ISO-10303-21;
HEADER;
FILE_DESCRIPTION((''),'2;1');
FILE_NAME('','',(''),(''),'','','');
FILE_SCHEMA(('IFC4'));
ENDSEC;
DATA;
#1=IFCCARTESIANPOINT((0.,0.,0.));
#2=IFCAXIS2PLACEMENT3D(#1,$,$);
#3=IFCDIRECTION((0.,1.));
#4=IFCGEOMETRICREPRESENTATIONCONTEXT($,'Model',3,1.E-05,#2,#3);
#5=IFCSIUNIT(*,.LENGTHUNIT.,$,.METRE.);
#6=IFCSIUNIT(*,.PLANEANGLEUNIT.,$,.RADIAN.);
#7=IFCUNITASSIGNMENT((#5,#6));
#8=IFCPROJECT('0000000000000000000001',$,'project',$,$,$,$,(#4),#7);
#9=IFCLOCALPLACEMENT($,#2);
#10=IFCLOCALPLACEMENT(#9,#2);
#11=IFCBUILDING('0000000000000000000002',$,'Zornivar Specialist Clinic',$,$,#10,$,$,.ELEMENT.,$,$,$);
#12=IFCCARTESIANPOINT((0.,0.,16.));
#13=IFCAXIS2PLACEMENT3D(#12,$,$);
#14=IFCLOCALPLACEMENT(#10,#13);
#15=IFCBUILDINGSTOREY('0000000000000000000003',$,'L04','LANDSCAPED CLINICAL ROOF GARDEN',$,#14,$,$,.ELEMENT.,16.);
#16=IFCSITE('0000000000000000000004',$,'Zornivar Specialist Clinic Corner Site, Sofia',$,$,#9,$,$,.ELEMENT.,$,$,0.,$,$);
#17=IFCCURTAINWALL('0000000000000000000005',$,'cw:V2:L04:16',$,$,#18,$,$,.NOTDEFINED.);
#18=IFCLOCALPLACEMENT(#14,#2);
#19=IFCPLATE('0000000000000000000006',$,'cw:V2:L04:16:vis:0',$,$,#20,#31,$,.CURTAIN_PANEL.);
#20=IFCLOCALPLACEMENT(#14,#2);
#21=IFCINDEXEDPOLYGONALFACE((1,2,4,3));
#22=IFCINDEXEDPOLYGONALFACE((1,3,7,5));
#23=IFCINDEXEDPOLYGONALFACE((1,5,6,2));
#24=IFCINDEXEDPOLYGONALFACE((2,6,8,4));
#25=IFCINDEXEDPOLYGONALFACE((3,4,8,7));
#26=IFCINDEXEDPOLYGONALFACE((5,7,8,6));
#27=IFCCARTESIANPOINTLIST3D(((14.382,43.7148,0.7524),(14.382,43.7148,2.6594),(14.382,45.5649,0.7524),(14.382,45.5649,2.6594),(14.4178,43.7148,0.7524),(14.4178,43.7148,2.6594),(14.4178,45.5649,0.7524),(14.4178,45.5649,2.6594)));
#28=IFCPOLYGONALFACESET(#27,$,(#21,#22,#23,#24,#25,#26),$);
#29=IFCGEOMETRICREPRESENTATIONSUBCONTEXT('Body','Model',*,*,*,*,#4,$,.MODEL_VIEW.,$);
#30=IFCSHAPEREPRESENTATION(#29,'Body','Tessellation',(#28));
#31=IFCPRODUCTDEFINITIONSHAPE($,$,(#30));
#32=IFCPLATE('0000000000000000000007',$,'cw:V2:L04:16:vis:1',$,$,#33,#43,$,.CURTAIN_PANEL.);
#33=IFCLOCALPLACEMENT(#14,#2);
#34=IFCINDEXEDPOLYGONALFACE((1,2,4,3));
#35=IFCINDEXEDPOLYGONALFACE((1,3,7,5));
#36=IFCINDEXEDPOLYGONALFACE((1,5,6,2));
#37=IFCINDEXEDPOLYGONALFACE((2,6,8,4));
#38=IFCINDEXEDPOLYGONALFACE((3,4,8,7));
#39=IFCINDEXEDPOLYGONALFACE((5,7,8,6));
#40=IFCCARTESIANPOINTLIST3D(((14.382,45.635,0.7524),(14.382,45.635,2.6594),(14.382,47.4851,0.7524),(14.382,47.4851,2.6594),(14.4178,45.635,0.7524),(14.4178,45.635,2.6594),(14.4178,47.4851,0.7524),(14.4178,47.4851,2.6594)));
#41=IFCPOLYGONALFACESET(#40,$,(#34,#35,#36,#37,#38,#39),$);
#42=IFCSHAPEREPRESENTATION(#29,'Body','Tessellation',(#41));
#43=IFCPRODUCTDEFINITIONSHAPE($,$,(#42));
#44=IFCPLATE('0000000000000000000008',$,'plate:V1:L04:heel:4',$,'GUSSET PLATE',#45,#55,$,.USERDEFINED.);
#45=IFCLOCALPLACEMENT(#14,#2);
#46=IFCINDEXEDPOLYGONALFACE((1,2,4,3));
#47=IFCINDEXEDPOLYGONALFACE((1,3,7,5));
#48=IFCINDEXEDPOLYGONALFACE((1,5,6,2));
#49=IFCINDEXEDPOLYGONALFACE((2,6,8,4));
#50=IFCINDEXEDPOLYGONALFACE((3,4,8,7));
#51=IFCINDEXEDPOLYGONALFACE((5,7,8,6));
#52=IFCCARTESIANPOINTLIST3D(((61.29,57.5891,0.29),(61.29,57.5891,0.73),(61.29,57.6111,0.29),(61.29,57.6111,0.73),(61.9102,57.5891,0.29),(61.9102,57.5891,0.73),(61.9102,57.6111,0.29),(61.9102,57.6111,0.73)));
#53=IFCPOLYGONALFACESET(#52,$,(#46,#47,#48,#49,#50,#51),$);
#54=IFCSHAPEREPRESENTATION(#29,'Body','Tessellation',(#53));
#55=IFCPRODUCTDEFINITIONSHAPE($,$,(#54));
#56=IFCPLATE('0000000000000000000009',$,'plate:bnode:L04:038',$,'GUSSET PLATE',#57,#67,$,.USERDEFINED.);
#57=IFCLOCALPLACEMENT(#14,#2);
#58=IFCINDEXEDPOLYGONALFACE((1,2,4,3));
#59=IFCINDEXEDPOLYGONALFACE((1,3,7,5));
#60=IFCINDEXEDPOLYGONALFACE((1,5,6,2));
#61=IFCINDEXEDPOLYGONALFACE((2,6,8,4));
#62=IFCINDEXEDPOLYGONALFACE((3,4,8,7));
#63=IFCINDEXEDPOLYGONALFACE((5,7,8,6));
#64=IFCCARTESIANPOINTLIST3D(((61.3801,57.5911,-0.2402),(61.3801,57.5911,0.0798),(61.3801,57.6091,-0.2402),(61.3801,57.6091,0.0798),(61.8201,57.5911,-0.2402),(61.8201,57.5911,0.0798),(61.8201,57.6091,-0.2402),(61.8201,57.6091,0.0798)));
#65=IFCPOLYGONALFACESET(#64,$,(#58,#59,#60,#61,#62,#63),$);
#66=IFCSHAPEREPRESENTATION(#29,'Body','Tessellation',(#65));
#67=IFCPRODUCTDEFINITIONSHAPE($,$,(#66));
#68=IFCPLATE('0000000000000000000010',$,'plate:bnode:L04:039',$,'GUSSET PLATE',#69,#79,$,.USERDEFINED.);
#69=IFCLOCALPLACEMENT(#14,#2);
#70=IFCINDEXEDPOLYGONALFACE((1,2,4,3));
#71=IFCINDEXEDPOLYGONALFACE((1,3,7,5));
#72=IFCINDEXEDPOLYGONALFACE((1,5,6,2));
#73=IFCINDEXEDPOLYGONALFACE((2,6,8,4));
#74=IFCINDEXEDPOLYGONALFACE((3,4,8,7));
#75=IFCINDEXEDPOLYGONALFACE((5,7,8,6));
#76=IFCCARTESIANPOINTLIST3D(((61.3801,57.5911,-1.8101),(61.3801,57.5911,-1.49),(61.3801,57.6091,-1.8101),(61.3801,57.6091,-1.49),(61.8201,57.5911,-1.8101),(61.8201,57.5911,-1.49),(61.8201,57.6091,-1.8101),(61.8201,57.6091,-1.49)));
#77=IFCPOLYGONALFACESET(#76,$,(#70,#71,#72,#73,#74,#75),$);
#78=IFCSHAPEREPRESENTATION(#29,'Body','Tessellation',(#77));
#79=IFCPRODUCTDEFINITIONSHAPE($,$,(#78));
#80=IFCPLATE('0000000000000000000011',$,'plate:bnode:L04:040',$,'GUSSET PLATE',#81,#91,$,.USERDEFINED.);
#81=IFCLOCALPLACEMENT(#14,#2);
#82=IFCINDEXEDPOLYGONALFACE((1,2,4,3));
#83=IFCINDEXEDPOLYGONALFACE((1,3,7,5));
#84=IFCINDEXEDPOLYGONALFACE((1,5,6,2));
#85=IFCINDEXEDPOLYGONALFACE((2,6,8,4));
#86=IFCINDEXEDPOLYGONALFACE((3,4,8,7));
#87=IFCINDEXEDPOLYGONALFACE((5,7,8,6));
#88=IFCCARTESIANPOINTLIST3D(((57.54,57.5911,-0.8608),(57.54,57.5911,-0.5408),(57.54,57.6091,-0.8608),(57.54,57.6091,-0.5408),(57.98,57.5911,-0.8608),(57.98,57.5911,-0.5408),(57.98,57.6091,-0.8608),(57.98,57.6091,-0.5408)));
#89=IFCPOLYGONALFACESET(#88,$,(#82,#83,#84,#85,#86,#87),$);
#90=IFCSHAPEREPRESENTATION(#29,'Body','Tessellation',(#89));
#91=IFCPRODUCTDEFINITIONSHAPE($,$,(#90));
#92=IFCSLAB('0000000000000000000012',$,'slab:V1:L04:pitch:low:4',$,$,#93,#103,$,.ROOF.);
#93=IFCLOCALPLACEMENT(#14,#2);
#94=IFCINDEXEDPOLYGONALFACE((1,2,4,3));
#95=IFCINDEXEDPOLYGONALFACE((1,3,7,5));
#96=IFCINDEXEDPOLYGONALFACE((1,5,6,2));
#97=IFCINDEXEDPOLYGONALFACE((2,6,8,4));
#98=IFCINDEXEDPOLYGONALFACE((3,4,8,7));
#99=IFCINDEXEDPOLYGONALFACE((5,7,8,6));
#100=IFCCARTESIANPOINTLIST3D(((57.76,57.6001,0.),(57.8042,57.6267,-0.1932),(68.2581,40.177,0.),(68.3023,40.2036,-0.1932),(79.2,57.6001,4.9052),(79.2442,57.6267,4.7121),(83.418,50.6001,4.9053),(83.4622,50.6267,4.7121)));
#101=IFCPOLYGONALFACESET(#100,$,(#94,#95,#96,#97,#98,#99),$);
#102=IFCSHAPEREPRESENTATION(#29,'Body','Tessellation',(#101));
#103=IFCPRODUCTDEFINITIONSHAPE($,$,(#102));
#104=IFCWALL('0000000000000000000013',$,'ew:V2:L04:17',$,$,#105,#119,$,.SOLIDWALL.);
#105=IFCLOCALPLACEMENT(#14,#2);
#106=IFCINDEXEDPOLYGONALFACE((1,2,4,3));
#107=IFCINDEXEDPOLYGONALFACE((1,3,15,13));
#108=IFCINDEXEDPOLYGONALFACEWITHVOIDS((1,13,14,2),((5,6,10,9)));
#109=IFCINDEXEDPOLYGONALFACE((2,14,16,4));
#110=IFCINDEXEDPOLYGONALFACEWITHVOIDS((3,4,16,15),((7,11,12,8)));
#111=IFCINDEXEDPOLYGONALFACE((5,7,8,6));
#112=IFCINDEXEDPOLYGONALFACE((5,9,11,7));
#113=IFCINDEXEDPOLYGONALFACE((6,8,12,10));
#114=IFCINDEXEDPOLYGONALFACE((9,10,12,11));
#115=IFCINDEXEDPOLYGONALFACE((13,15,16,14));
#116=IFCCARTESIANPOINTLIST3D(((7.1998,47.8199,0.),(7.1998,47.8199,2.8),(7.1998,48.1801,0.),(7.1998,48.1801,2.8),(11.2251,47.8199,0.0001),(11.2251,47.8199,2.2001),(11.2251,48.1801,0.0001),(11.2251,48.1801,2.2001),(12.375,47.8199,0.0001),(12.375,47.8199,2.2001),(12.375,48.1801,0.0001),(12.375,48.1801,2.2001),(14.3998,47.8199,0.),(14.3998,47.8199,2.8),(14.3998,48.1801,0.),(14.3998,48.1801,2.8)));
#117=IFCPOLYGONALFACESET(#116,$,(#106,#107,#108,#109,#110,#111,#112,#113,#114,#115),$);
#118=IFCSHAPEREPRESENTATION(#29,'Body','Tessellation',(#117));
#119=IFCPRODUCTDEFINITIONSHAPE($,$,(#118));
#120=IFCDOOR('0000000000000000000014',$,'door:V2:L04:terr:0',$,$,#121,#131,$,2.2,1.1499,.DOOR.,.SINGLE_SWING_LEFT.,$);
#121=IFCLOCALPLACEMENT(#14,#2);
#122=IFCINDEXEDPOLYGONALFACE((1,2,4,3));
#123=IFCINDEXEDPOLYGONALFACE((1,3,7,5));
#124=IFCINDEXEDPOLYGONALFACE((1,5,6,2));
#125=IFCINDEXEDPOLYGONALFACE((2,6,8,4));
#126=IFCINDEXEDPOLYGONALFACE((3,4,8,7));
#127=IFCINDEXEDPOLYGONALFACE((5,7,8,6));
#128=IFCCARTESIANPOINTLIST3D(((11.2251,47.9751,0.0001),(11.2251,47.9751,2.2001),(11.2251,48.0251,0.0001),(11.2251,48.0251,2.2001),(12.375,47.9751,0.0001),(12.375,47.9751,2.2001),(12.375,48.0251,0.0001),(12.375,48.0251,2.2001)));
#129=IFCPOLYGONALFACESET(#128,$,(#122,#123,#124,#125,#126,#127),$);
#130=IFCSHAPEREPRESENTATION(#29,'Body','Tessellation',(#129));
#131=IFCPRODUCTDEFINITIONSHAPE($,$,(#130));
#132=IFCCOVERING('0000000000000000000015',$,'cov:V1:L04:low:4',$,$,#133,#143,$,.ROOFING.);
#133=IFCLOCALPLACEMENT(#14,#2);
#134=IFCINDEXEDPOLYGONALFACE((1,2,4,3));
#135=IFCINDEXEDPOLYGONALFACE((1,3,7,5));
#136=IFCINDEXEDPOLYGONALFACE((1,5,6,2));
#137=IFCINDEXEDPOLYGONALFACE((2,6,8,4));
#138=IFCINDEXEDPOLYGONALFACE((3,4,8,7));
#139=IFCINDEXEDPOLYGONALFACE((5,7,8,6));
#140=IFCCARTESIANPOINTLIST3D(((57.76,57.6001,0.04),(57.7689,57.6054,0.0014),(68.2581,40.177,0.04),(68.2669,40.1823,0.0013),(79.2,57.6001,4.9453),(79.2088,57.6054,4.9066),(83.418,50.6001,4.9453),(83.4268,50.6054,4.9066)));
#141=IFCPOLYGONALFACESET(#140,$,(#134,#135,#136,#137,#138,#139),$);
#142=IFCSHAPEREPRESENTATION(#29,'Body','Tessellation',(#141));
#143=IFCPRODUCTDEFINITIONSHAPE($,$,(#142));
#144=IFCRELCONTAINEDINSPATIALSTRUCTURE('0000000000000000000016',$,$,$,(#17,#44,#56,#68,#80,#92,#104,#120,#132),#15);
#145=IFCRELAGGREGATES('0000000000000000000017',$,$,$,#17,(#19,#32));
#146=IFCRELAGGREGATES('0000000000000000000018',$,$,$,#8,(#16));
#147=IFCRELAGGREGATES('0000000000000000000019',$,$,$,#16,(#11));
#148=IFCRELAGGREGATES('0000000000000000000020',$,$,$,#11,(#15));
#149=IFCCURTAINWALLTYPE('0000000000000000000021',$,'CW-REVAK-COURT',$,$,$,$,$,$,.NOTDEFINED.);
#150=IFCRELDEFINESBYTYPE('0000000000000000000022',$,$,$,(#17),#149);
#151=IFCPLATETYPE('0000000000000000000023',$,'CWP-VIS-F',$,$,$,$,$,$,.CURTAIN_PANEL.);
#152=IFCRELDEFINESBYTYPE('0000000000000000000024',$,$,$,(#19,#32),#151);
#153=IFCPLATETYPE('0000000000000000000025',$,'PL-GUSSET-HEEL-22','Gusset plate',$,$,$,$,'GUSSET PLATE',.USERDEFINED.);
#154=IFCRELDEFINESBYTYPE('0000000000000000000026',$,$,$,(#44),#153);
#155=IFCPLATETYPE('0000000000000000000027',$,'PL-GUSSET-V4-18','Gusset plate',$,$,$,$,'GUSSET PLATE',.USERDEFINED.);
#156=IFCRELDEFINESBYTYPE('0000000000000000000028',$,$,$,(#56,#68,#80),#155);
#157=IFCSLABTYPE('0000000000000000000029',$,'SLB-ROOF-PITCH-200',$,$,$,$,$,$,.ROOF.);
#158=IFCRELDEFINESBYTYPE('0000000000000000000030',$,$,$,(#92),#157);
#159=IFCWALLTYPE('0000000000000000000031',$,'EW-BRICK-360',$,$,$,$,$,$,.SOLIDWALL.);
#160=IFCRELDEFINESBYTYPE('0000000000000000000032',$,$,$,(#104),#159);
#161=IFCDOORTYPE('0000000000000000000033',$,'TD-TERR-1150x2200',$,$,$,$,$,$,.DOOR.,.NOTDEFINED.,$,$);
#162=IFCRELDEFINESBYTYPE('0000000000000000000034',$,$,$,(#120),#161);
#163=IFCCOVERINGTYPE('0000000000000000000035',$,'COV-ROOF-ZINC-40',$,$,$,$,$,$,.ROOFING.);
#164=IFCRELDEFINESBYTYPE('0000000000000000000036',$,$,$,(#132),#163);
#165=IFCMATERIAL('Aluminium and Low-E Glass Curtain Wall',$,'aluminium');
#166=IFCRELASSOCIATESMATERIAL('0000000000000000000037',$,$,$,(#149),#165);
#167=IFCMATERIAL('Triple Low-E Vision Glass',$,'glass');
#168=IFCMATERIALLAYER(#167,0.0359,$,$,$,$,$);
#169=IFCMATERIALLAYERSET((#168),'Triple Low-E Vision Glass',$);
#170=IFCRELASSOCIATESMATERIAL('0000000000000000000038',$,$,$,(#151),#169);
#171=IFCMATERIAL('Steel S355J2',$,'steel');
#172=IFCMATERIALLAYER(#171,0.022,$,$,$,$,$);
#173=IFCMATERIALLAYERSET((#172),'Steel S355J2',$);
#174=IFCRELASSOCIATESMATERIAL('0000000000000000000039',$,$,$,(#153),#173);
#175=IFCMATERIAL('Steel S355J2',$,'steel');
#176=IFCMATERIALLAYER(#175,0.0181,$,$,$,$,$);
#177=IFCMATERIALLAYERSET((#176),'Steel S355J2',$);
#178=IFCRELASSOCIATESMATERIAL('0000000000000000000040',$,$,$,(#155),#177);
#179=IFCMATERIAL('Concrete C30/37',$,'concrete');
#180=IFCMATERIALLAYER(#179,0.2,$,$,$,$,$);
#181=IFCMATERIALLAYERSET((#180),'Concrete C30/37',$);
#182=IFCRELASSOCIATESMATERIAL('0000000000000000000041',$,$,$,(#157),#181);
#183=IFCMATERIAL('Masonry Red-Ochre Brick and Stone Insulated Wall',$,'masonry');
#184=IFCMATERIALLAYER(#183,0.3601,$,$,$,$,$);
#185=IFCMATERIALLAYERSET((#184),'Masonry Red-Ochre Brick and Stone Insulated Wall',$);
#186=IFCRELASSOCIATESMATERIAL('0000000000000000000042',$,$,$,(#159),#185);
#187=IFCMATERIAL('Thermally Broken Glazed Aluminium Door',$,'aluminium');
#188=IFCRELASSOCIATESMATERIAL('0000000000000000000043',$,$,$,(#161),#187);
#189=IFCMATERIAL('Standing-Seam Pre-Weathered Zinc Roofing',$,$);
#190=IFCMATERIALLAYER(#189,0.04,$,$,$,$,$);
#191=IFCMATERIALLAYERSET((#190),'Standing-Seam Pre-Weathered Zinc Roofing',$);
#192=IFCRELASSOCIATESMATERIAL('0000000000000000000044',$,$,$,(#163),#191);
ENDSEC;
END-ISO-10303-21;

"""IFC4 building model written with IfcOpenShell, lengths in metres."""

from ifc_helpers import new_model, si_unit, direction, frame, frame_2d, origin, origin_2d, place, context, subcontext, project, spatial, polyline, rectangle, outline, extrude, material, layer, layer_set, type_object, element, fill, aggregate, save


model = new_model("IFC4")

# Units and contexts
model_context = context("Model", 3, precision=1e-05, world=origin(), true_north=direction((0.0, 1.0)))
body_context = subcontext(model_context, "Body", "Model", "MODEL_VIEW")
ifc_project = project(units=[si_unit("LENGTHUNIT", "METRE"), si_unit("PLANEANGLEUNIT", "RADIAN")], contexts=[model_context])

# Site, building, storey
site_placement = place(None, origin())
site = spatial("IfcSite", under=ifc_project, at=site_placement, Name="Zornivar Specialist Clinic Corner Site, Sofia", CompositionType="ELEMENT", RefElevation=0.0)
building_placement = place(site_placement, origin())
building = spatial("IfcBuilding", under=site, at=building_placement, Name="Zornivar Specialist Clinic", CompositionType="ELEMENT")
storey_placement = place(building_placement, frame((0.0, 0.0, 16.0)))
storey = spatial("IfcBuildingStorey", under=building, at=storey_placement, Name="L04", Description="LANDSCAPED CLINICAL ROOF GARDEN", CompositionType="ELEMENT", Elevation=16.0)

# Curtain wall
ifc_material_1 = material(Name="Aluminium and Low-E Glass Curtain Wall", Category="aluminium")
curtain_wall_type = type_object("IfcCurtainWallType", Name="CW-REVAK-COURT", PredefinedType="NOTDEFINED", material=ifc_material_1)
curtain_wall_placement = place(storey_placement, origin())
curtain_wall = element("IfcCurtainWall", 1, at=curtain_wall_placement, inside=storey, type_object=curtain_wall_type, Name="cw:V2:L04:16", PredefinedType="NOTDEFINED")

# Plates
ifc_material_2 = material(Name="Triple Low-E Vision Glass", Category="glass")
ifc_layer_1 = layer(ifc_material_2, 0.0359)
ifc_layer_set_1 = layer_set([ifc_layer_1], Name="Triple Low-E Vision Glass")
plate_type_1 = type_object("IfcPlateType", Name="CWP-VIS-F", PredefinedType="CURTAIN_PANEL", material=ifc_layer_set_1)
plate_1_placement = place(storey_placement, frame((14.3999, 44.6399, 0.7524), z_axis=(0.0, 0.0, 1.0), x_axis=(0.0, 1.0, 0.0)))
plate_1 = element("IfcPlate", 2, at=plate_1_placement, type_object=plate_type_1, Name="cw:V2:L04:16:vis:0", PredefinedType="CURTAIN_PANEL", context=body_context, shape_type="SweptSolid", body=[
    extrude(rectangle(XDim=1.8501, YDim=0.0359, at=origin_2d()), origin(), (0.0, 0.0, 1.0), 1.907),
])
plate_2_placement = place(storey_placement, frame((14.3999, 46.5601, 0.7524), z_axis=(0.0, 0.0, 1.0), x_axis=(0.0, 1.0, 0.0)))
plate_2 = element("IfcPlate", 3, at=plate_2_placement, type_object=plate_type_1, Name="cw:V2:L04:16:vis:1", PredefinedType="CURTAIN_PANEL", context=body_context, shape_type="SweptSolid", body=[
    extrude(rectangle(XDim=1.8501, YDim=0.0359, at=origin_2d()), origin(), (0.0, 0.0, 1.0), 1.907),
])
aggregate(curtain_wall, [plate_1, plate_2])

# Plates
ifc_material_3 = material(Name="Steel S355J2", Category="steel")
ifc_layer_2 = layer(ifc_material_3, 0.022)
ifc_layer_set_2 = layer_set([ifc_layer_2], Name="Steel S355J2")
plate_type_2 = type_object("IfcPlateType", Name="PL-GUSSET-HEEL-22", Description="Gusset plate", ElementType="GUSSET PLATE", PredefinedType="USERDEFINED", material=ifc_layer_set_2)
plate_3_placement = place(storey_placement, frame((61.6001, 57.6001, 0.29), z_axis=(0.0, 0.0, 1.0), x_axis=(-1.0, 0.0, 0.0)))
element("IfcPlate", 4, at=plate_3_placement, inside=storey, type_object=plate_type_2, Name="plate:V1:L04:heel:4", ObjectType="GUSSET PLATE", PredefinedType="USERDEFINED", context=body_context, shape_type="SweptSolid", body=[
    extrude(rectangle(XDim=0.6201, YDim=0.022, at=origin_2d()), origin(), (0.0, 0.0, 1.0), 0.4399),
])
ifc_material_4 = material(Name="Steel S355J2", Category="steel")
ifc_layer_3 = layer(ifc_material_4, 0.0181)
ifc_layer_set_3 = layer_set([ifc_layer_3], Name="Steel S355J2")
plate_type_3 = type_object("IfcPlateType", Name="PL-GUSSET-V4-18", Description="Gusset plate", ElementType="GUSSET PLATE", PredefinedType="USERDEFINED", material=ifc_layer_set_3)
for number, where, z_axis, x_axis, name in (
    (5, (61.6001, 57.6001, -0.2402), (0.0, 0.0, 1.0), (1.0, 0.0, 0.0), "plate:bnode:L04:038"),
    (6, (61.6001, 57.6001, -1.8101), (0.0, 0.0, 1.0), (1.0, 0.0, 0.0), "plate:bnode:L04:039"),
    (7, (57.76, 57.6001, -0.8608), (0.0, 0.0, 1.0), (1.0, 0.0, 0.0), "plate:bnode:L04:040"),
):
    element("IfcPlate", number, at=place(storey_placement, frame(where, z_axis=z_axis, x_axis=x_axis)), inside=storey, type_object=plate_type_3, Name=name, ObjectType="GUSSET PLATE", PredefinedType="USERDEFINED", context=body_context, shape_type="SweptSolid", body=[
        extrude(rectangle(XDim=0.4399, YDim=0.0181, at=origin_2d()), origin(), (0.0, 0.0, 1.0), 0.3201),
    ])

# Slab
ifc_material_5 = material(Name="Concrete C30/37", Category="concrete")
ifc_layer_4 = layer(ifc_material_5, 0.2)
ifc_layer_set_4 = layer_set([ifc_layer_4], Name="Concrete C30/37")
slab_type = type_object("IfcSlabType", Name="SLB-ROOF-PITCH-200", PredefinedType="ROOF", material=ifc_layer_set_4)
slab_placement = place(storey_placement, frame((57.76, 57.6001, 0.0), z_axis=(-0.22104, -0.133187, 0.966128), x_axis=(0.516093, -0.856533, -0.000002)))
element("IfcSlab", 8, at=slab_placement, inside=storey, type_object=slab_type, Name="slab:V1:L04:pitch:low:4", PredefinedType="ROOF", context=body_context, shape_type="SweptSolid", body=[
    extrude(outline(polyline([(0.0, 0.0), (20.3414, 0.0), (19.2376, 19.0081), (11.065, 19.0079), (0.0, 0.0)])), origin(), (0.0, 0.0, -1.0), 0.2),
])

# Wall, opening, door
ifc_material_6 = material(Name="Masonry Red-Ochre Brick and Stone Insulated Wall", Category="masonry")
ifc_layer_5 = layer(ifc_material_6, 0.3601)
ifc_layer_set_5 = layer_set([ifc_layer_5], Name="Masonry Red-Ochre Brick and Stone Insulated Wall")
wall_type = type_object("IfcWallType", Name="EW-BRICK-360", PredefinedType="SOLIDWALL", material=ifc_layer_set_5)
wall_placement = place(storey_placement, frame((14.3999, 48.0, 0.0), z_axis=(0.0, 0.0, 1.0), x_axis=(-1.0, 0.0, 0.0)))
wall = element("IfcWall", 9, at=wall_placement, inside=storey, type_object=wall_type, Name="ew:V2:L04:17", PredefinedType="SOLIDWALL", context=body_context, shape_type="SweptSolid", body=[
    extrude(rectangle(XDim=7.2, YDim=0.3601, at=frame_2d((3.6001, 0.0))), origin(), (0.0, 0.0, 1.0), 2.8),
])
opening_placement = place(wall_placement, frame((2.0249, 0.0, 0.0)))
opening = element("IfcOpeningElement", 10, at=opening_placement, cuts=wall, PredefinedType="OPENING", context=body_context, shape_type="SweptSolid", body=[
    extrude(rectangle(XDim=1.1499, YDim=2.2, at=frame_2d((0.575, 1.1001))), frame((0.0, 0.1899, 0.0), z_axis=(0.0, -1.0, 0.0), x_axis=(1.0, 0.0, 0.0)), (0.0, 0.0, 1.0), 0.3801),
])
ifc_material_7 = material(Name="Thermally Broken Glazed Aluminium Door", Category="aluminium")
door_type = type_object("IfcDoorType", Name="TD-TERR-1150x2200", OperationType="NOTDEFINED", PredefinedType="DOOR", material=ifc_material_7)
door_placement = place(opening_placement, origin())
door = element("IfcDoor", 11, at=door_placement, inside=storey, type_object=door_type, Name="door:V2:L04:terr:0", OperationType="SINGLE_SWING_LEFT", OverallHeight=2.2, OverallWidth=1.1499, PredefinedType="DOOR", context=body_context, shape_type="SweptSolid", body=[
    extrude(rectangle(XDim=1.1499, YDim=2.2, at=frame_2d((0.575, 1.1001))), frame((0.0, 0.0249, 0.0), z_axis=(0.0, -1.0, 0.0), x_axis=(1.0, 0.0, 0.0)), (0.0, 0.0, 1.0), 0.05),
])
fill(opening, door)

# Covering
ifc_material_8 = material(Name="Standing-Seam Pre-Weathered Zinc Roofing")
ifc_layer_6 = layer(ifc_material_8, 0.04)
ifc_layer_set_6 = layer_set([ifc_layer_6], Name="Standing-Seam Pre-Weathered Zinc Roofing")
covering_type = type_object("IfcCoveringType", Name="COV-ROOF-ZINC-40", PredefinedType="ROOFING", material=ifc_layer_set_6)
covering_placement = place(storey_placement, frame((57.76, 57.6001, 0.04), z_axis=(-0.22104, -0.133187, 0.966128), x_axis=(0.516093, -0.856533, -0.000002)))
element("IfcCovering", 12, at=covering_placement, inside=storey, type_object=covering_type, Name="cov:V1:L04:low:4", PredefinedType="ROOFING", context=body_context, shape_type="SweptSolid", body=[
    extrude(outline(polyline([(0.0, 0.0), (20.3414, 0.0), (19.2376, 19.0081), (11.065, 19.0079), (0.0, 0.0)])), origin(), (0.0, 0.0, -1.0), 0.04),
])

save(model, "model.ifc")
